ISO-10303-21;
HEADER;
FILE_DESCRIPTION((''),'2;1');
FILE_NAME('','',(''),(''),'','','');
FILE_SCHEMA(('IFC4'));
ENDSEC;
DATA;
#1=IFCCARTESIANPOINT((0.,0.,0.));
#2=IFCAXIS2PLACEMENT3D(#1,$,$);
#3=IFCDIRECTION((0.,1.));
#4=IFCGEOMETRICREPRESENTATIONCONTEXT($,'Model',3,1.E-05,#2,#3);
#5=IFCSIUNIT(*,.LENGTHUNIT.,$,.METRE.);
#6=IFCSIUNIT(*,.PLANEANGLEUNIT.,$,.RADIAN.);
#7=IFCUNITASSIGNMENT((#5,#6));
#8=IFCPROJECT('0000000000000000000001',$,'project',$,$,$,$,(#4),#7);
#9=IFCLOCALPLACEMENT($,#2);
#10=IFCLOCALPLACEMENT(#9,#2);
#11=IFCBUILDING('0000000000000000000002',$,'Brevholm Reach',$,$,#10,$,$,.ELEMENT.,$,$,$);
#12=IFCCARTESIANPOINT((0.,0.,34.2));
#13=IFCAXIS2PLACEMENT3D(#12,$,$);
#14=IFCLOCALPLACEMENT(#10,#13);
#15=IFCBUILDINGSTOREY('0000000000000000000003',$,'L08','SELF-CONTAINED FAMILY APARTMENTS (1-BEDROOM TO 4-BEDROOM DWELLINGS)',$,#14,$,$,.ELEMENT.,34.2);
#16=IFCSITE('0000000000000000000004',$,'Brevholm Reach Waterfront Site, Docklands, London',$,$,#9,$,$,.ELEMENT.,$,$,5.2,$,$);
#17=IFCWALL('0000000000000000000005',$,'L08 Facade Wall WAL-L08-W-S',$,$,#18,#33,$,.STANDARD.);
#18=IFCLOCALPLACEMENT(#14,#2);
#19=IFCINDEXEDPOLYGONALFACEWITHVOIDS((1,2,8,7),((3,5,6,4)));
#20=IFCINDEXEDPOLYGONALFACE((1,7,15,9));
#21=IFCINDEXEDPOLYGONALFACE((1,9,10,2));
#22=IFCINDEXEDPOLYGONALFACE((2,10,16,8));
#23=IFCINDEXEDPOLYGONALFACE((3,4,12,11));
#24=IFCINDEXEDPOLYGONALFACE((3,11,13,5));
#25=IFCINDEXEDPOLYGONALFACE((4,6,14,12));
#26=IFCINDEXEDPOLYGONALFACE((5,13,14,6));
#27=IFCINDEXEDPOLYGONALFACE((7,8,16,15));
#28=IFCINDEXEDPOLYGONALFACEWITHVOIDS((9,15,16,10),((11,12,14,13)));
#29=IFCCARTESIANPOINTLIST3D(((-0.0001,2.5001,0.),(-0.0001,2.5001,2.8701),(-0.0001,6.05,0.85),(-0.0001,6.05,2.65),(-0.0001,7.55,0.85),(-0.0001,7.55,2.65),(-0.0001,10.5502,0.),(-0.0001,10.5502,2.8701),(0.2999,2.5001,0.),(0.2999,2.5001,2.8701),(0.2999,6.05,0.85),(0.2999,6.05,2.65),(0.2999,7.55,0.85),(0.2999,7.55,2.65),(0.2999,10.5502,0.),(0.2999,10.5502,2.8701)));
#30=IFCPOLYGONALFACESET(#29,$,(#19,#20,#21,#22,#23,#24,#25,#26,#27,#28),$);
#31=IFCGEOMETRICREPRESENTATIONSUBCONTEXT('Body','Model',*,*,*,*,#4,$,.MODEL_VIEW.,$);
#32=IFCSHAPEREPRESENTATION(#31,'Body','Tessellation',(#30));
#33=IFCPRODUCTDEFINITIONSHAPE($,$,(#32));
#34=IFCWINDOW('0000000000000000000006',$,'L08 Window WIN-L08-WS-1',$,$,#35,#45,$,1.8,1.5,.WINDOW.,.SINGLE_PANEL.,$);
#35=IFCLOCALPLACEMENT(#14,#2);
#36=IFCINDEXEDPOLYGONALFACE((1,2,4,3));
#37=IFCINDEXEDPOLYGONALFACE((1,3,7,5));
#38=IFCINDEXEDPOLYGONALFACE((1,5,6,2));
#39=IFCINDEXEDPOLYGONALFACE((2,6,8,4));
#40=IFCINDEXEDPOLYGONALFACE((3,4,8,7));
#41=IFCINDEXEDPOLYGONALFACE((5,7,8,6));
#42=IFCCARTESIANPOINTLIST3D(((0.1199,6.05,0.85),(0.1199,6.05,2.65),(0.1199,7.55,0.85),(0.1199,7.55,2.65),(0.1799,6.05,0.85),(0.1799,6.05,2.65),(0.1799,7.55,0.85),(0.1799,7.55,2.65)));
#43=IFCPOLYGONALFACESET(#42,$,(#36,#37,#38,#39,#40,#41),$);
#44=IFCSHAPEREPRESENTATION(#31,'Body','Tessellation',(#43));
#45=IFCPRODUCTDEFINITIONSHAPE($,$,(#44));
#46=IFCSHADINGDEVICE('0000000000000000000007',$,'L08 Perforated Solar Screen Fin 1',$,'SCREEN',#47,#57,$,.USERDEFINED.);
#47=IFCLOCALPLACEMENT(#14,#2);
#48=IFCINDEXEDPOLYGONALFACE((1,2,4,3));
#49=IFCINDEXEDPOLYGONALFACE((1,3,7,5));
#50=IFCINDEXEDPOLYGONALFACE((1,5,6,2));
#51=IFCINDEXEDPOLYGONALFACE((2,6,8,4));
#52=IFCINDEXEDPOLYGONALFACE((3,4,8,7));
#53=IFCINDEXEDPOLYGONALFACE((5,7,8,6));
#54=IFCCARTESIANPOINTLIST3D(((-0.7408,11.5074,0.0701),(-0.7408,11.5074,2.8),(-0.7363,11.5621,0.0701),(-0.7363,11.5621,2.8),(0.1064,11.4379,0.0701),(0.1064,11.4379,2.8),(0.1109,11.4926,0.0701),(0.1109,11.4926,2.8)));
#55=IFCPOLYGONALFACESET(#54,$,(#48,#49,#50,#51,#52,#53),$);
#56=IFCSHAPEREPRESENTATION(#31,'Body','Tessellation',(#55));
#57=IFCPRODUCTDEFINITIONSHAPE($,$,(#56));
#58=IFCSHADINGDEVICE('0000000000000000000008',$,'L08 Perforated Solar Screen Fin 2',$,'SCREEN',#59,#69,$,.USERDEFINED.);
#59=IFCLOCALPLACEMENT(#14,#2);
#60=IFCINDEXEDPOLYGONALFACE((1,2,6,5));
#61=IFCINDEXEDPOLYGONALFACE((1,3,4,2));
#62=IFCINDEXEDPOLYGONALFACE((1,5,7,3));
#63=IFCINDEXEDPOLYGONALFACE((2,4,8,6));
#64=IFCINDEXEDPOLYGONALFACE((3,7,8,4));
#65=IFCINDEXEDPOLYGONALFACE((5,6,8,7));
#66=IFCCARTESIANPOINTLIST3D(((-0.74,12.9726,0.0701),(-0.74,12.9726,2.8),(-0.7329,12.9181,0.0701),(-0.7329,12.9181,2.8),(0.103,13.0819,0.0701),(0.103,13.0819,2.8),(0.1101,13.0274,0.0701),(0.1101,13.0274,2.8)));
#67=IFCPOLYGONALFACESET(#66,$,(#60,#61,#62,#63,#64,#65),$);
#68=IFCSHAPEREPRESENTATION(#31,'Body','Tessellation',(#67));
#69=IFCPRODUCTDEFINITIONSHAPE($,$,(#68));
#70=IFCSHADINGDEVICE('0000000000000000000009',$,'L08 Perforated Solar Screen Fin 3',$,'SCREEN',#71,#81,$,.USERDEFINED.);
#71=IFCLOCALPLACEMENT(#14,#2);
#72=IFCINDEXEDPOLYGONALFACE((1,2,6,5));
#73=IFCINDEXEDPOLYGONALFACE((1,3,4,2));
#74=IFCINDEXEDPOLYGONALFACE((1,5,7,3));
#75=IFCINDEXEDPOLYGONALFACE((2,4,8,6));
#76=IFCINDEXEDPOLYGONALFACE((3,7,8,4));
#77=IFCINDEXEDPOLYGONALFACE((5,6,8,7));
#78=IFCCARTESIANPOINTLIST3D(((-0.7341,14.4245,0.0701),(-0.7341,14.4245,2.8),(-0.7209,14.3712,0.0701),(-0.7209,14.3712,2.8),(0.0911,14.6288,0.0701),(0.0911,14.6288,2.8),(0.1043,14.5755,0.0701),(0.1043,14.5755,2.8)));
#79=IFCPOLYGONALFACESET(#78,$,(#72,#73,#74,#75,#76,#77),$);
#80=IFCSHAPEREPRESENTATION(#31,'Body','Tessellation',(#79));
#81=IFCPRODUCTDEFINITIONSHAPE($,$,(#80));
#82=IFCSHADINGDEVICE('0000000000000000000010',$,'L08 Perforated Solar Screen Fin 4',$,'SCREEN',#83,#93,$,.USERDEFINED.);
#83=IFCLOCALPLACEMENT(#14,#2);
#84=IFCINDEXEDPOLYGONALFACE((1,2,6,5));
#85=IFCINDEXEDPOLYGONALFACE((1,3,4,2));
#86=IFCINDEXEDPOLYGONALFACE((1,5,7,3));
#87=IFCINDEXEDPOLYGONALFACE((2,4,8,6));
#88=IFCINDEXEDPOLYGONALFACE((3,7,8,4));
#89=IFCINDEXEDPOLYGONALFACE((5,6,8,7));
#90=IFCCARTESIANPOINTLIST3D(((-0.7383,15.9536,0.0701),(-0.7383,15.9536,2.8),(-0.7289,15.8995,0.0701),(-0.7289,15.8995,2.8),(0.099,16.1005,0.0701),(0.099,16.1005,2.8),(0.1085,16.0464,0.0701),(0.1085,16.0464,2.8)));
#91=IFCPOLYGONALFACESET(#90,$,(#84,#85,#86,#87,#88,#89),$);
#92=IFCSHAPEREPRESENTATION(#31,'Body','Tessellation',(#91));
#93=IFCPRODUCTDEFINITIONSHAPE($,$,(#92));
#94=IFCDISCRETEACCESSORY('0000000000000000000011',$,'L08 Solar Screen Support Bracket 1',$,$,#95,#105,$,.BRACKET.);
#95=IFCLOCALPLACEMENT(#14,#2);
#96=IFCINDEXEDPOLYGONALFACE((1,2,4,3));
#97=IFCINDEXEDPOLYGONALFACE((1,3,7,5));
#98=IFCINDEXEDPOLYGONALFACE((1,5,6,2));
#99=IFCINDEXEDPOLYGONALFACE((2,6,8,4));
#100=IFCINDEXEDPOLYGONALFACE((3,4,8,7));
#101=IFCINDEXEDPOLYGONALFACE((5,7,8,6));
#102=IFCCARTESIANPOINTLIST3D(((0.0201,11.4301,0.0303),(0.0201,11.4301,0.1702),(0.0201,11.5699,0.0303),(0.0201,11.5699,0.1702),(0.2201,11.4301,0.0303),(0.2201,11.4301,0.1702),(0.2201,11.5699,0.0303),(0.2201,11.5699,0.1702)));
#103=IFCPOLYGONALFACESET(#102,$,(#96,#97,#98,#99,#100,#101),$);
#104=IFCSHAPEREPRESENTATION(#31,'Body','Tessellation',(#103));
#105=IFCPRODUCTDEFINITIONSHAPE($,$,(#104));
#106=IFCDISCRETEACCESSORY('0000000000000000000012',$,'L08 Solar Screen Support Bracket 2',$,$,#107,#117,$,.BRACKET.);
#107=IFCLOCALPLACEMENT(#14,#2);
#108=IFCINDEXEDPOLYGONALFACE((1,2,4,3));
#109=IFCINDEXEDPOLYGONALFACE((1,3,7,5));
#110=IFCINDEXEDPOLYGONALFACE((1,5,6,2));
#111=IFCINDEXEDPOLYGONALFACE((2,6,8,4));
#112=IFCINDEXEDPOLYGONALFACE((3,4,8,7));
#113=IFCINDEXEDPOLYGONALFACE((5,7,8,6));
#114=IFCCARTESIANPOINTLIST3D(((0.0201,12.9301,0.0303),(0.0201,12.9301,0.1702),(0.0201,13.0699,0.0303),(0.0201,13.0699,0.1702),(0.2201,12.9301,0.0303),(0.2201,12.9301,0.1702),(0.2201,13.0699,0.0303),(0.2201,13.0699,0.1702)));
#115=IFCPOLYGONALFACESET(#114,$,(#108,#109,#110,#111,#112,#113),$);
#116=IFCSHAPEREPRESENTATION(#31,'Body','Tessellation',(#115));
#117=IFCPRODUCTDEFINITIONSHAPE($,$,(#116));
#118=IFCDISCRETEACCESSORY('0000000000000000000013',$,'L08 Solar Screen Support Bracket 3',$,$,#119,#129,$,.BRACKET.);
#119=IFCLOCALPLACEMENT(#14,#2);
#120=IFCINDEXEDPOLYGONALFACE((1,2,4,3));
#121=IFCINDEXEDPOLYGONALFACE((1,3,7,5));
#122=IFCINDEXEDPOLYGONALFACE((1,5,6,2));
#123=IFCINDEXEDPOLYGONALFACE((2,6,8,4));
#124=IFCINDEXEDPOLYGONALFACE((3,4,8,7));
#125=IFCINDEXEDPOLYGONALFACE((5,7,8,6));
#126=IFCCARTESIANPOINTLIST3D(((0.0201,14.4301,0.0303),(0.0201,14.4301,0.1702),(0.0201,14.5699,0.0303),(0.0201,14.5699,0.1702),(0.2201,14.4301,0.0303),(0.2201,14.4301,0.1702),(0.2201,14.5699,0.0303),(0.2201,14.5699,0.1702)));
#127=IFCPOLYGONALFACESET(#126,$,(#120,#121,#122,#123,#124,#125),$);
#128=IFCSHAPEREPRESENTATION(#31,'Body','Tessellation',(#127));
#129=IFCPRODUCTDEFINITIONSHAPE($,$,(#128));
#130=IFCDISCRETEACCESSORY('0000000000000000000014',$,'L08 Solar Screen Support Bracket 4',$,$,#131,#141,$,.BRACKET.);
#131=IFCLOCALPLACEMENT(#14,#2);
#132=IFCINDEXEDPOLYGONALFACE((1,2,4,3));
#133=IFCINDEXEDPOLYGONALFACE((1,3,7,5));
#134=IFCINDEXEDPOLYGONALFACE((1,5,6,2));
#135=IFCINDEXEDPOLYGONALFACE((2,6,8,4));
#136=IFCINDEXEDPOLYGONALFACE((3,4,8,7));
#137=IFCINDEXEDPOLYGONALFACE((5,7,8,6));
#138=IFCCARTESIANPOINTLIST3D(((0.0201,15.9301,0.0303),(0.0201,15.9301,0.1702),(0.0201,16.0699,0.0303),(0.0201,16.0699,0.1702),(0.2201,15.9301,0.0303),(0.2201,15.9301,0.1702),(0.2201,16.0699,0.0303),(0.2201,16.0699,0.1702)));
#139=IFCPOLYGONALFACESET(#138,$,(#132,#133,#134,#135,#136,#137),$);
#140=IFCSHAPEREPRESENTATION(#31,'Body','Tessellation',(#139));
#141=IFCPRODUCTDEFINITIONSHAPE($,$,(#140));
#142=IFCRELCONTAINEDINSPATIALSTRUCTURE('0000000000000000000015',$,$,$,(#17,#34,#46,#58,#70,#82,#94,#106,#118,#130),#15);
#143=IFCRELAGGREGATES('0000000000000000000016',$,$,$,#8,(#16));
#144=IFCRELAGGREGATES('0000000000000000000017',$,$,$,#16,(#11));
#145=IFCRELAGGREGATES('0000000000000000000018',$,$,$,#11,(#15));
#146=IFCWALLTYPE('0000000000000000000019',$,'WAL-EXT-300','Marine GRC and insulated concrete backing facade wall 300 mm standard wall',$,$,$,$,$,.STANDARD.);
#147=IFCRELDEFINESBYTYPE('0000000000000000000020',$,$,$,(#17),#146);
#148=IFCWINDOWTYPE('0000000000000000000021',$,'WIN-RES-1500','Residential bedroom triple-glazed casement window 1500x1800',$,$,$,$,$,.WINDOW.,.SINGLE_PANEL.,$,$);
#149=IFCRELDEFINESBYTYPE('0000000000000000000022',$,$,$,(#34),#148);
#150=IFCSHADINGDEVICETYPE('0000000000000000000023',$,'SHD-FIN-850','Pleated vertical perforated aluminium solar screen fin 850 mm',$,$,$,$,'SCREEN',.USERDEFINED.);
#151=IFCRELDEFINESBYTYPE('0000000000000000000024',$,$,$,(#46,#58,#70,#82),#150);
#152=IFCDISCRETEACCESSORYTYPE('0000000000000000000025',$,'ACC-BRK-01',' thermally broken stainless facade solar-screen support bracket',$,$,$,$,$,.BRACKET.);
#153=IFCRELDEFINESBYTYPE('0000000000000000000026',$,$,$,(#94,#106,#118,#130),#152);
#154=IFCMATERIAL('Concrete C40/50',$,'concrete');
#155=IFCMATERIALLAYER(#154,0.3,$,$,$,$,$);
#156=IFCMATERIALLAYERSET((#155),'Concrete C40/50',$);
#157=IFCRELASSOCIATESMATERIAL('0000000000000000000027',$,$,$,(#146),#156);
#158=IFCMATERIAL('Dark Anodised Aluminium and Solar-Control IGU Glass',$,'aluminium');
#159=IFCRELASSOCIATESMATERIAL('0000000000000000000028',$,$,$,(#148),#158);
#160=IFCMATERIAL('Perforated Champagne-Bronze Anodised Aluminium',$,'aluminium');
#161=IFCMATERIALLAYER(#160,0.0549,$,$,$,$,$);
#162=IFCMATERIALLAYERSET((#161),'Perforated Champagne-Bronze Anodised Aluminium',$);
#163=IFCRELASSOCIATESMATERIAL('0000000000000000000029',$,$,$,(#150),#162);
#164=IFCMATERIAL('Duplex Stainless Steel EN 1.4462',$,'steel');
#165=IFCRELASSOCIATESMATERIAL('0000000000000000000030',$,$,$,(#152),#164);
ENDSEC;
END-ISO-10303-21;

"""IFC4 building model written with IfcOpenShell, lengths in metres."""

from ifc_helpers import new_model, si_unit, direction, frame, frame_2d, origin, origin_2d, place, context, subcontext, project, spatial, rectangle, extrude, material, layer, layer_set, type_object, element, fill, save


model = new_model("IFC4")

# Units and contexts
model_context = context("Model", 3, precision=1e-05, world=origin(), true_north=direction((0.0, 1.0)))
body_context = subcontext(model_context, "Body", "Model", "MODEL_VIEW")
ifc_project = project(units=[si_unit("LENGTHUNIT", "METRE"), si_unit("PLANEANGLEUNIT", "RADIAN")], contexts=[model_context])

# Site, building, storey
site_placement = place(None, origin())
site = spatial("IfcSite", under=ifc_project, at=site_placement, Name="Brevholm Reach Waterfront Site, Docklands, London", CompositionType="ELEMENT", RefElevation=5.2)
building_placement = place(site_placement, origin())
building = spatial("IfcBuilding", under=site, at=building_placement, Name="Brevholm Reach", CompositionType="ELEMENT")
storey_placement = place(building_placement, frame((0.0, 0.0, 34.2)))
storey = spatial("IfcBuildingStorey", under=building, at=storey_placement, Name="L08", Description="SELF-CONTAINED FAMILY APARTMENTS (1-BEDROOM TO 4-BEDROOM DWELLINGS)", CompositionType="ELEMENT", Elevation=34.2)

# Wall, opening, window
ifc_material_1 = material(Name="Concrete C40/50", Category="concrete")
ifc_layer_1 = layer(ifc_material_1, 0.3)
ifc_layer_set_1 = layer_set([ifc_layer_1], Name="Concrete C40/50")
wall_type = type_object("IfcWallType", Name="WAL-EXT-300", Description="Marine GRC and insulated concrete backing facade wall 300 mm standard wall", PredefinedType="STANDARD", material=ifc_layer_set_1)
wall_placement = place(storey_placement, frame((0.1499, 10.55, 0.0), z_axis=(0.0, 0.0, 1.0), x_axis=(0.0, -1.0, 0.0)))
wall = element("IfcWall", 1, at=wall_placement, inside=storey, type_object=wall_type, Name="L08 Facade Wall WAL-L08-W-S", PredefinedType="STANDARD", context=body_context, shape_type="SweptSolid", body=[
    extrude(rectangle(XDim=8.05, YDim=0.3, at=frame_2d((4.0249, 0.0))), origin(), (0.0, 0.0, 1.0), 2.8701),
])
opening_placement = place(wall_placement, frame((3.0, 0.0, 0.8501)))
opening = element("IfcOpeningElement", 2, at=opening_placement, cuts=wall, PredefinedType="OPENING", context=body_context, shape_type="SweptSolid", body=[
    extrude(rectangle(XDim=1.5, YDim=1.8, at=frame_2d((0.75, 0.8999))), frame((0.0, 0.1599, 0.0), z_axis=(0.0, -1.0, 0.0), x_axis=(1.0, 0.0, 0.0)), (0.0, 0.0, 1.0), 0.3201),
])
ifc_material_2 = material(Name="Dark Anodised Aluminium and Solar-Control IGU Glass", Category="aluminium")
window_type = type_object("IfcWindowType", Name="WIN-RES-1500", Description="Residential bedroom triple-glazed casement window 1500x1800", PartitioningType="SINGLE_PANEL", PredefinedType="WINDOW", material=ifc_material_2)
window_placement = place(opening_placement, origin())
window = element("IfcWindow", 3, at=window_placement, inside=storey, type_object=window_type, Name="L08 Window WIN-L08-WS-1", OverallHeight=1.8, OverallWidth=1.5, PartitioningType="SINGLE_PANEL", PredefinedType="WINDOW", context=body_context, shape_type="SweptSolid", body=[
    extrude(rectangle(XDim=1.5, YDim=1.8, at=frame_2d((0.75, 0.8999))), frame((0.0, 0.03, 0.0), z_axis=(0.0, -1.0, 0.0), x_axis=(1.0, 0.0, 0.0)), (0.0, 0.0, 1.0), 0.0601),
])
fill(opening, window)

# Shading devices
ifc_material_3 = material(Name="Perforated Champagne-Bronze Anodised Aluminium", Category="aluminium")
ifc_layer_2 = layer(ifc_material_3, 0.0549)
ifc_layer_set_2 = layer_set([ifc_layer_2], Name="Perforated Champagne-Bronze Anodised Aluminium")
shading_device_type = type_object("IfcShadingDeviceType", Name="SHD-FIN-850", Description="Pleated vertical perforated aluminium solar screen fin 850 mm", ElementType="SCREEN", PredefinedType="USERDEFINED", material=ifc_layer_set_2)
for number, where, z_axis, x_axis, name in (
    (4, (-0.3149, 11.5, 0.0701), (0.0, 0.0, 1.0), (-0.996652, 0.081765, 0.0), "L08 Perforated Solar Screen Fin 1"),
    (5, (-0.3149, 13.0, 0.0701), (0.0, 0.0, 1.0), (-0.991696, -0.128605, 0.0), "L08 Perforated Solar Screen Fin 2"),
    (6, (-0.3149, 14.5, 0.0701), (0.0, 0.0, 1.0), (-0.9707, -0.240296, 0.0), "L08 Perforated Solar Screen Fin 3"),
    (7, (-0.3149, 16.0, 0.0701), (0.0, 0.0, 1.0), (-0.984962, -0.172772, 0.0), "L08 Perforated Solar Screen Fin 4"),
):
    element("IfcShadingDevice", number, at=place(storey_placement, frame(where, z_axis=z_axis, x_axis=x_axis)), inside=storey, type_object=shading_device_type, Name=name, ObjectType="SCREEN", PredefinedType="USERDEFINED", context=body_context, shape_type="SweptSolid", body=[
        extrude(rectangle(XDim=0.8501, YDim=0.0549, at=origin_2d()), origin(), (0.0, 0.0, 1.0), 2.73),
    ])

# Discrete accessories
ifc_material_4 = material(Name="Duplex Stainless Steel EN 1.4462", Category="steel")
discrete_accessory_type = type_object("IfcDiscreteAccessoryType", Name="ACC-BRK-01", Description=" thermally broken stainless facade solar-screen support bracket", PredefinedType="BRACKET", material=ifc_material_4)
for number, where, z_axis, x_axis, name in (
    (8, (0.1201, 11.5, 0.0303), (0.0, 0.0, 1.0), (-1.0, 0.0, 0.0), "L08 Solar Screen Support Bracket 1"),
    (9, (0.1201, 13.0, 0.0303), (0.0, 0.0, 1.0), (-1.0, 0.0, 0.0), "L08 Solar Screen Support Bracket 2"),
    (10, (0.1201, 14.5, 0.0303), (0.0, 0.0, 1.0), (-1.0, 0.0, 0.0), "L08 Solar Screen Support Bracket 3"),
    (11, (0.1201, 16.0, 0.0303), (0.0, 0.0, 1.0), (-1.0, 0.0, 0.0), "L08 Solar Screen Support Bracket 4"),
):
    element("IfcDiscreteAccessory", number, at=place(storey_placement, frame(where, z_axis=z_axis, x_axis=x_axis)), inside=storey, type_object=discrete_accessory_type, Name=name, PredefinedType="BRACKET", context=body_context, shape_type="SweptSolid", body=[
        extrude(rectangle(XDim=0.2, YDim=0.1399, at=origin_2d()), origin(), (0.0, 0.0, 1.0), 0.1399),
    ])

save(model, "model.ifc")
